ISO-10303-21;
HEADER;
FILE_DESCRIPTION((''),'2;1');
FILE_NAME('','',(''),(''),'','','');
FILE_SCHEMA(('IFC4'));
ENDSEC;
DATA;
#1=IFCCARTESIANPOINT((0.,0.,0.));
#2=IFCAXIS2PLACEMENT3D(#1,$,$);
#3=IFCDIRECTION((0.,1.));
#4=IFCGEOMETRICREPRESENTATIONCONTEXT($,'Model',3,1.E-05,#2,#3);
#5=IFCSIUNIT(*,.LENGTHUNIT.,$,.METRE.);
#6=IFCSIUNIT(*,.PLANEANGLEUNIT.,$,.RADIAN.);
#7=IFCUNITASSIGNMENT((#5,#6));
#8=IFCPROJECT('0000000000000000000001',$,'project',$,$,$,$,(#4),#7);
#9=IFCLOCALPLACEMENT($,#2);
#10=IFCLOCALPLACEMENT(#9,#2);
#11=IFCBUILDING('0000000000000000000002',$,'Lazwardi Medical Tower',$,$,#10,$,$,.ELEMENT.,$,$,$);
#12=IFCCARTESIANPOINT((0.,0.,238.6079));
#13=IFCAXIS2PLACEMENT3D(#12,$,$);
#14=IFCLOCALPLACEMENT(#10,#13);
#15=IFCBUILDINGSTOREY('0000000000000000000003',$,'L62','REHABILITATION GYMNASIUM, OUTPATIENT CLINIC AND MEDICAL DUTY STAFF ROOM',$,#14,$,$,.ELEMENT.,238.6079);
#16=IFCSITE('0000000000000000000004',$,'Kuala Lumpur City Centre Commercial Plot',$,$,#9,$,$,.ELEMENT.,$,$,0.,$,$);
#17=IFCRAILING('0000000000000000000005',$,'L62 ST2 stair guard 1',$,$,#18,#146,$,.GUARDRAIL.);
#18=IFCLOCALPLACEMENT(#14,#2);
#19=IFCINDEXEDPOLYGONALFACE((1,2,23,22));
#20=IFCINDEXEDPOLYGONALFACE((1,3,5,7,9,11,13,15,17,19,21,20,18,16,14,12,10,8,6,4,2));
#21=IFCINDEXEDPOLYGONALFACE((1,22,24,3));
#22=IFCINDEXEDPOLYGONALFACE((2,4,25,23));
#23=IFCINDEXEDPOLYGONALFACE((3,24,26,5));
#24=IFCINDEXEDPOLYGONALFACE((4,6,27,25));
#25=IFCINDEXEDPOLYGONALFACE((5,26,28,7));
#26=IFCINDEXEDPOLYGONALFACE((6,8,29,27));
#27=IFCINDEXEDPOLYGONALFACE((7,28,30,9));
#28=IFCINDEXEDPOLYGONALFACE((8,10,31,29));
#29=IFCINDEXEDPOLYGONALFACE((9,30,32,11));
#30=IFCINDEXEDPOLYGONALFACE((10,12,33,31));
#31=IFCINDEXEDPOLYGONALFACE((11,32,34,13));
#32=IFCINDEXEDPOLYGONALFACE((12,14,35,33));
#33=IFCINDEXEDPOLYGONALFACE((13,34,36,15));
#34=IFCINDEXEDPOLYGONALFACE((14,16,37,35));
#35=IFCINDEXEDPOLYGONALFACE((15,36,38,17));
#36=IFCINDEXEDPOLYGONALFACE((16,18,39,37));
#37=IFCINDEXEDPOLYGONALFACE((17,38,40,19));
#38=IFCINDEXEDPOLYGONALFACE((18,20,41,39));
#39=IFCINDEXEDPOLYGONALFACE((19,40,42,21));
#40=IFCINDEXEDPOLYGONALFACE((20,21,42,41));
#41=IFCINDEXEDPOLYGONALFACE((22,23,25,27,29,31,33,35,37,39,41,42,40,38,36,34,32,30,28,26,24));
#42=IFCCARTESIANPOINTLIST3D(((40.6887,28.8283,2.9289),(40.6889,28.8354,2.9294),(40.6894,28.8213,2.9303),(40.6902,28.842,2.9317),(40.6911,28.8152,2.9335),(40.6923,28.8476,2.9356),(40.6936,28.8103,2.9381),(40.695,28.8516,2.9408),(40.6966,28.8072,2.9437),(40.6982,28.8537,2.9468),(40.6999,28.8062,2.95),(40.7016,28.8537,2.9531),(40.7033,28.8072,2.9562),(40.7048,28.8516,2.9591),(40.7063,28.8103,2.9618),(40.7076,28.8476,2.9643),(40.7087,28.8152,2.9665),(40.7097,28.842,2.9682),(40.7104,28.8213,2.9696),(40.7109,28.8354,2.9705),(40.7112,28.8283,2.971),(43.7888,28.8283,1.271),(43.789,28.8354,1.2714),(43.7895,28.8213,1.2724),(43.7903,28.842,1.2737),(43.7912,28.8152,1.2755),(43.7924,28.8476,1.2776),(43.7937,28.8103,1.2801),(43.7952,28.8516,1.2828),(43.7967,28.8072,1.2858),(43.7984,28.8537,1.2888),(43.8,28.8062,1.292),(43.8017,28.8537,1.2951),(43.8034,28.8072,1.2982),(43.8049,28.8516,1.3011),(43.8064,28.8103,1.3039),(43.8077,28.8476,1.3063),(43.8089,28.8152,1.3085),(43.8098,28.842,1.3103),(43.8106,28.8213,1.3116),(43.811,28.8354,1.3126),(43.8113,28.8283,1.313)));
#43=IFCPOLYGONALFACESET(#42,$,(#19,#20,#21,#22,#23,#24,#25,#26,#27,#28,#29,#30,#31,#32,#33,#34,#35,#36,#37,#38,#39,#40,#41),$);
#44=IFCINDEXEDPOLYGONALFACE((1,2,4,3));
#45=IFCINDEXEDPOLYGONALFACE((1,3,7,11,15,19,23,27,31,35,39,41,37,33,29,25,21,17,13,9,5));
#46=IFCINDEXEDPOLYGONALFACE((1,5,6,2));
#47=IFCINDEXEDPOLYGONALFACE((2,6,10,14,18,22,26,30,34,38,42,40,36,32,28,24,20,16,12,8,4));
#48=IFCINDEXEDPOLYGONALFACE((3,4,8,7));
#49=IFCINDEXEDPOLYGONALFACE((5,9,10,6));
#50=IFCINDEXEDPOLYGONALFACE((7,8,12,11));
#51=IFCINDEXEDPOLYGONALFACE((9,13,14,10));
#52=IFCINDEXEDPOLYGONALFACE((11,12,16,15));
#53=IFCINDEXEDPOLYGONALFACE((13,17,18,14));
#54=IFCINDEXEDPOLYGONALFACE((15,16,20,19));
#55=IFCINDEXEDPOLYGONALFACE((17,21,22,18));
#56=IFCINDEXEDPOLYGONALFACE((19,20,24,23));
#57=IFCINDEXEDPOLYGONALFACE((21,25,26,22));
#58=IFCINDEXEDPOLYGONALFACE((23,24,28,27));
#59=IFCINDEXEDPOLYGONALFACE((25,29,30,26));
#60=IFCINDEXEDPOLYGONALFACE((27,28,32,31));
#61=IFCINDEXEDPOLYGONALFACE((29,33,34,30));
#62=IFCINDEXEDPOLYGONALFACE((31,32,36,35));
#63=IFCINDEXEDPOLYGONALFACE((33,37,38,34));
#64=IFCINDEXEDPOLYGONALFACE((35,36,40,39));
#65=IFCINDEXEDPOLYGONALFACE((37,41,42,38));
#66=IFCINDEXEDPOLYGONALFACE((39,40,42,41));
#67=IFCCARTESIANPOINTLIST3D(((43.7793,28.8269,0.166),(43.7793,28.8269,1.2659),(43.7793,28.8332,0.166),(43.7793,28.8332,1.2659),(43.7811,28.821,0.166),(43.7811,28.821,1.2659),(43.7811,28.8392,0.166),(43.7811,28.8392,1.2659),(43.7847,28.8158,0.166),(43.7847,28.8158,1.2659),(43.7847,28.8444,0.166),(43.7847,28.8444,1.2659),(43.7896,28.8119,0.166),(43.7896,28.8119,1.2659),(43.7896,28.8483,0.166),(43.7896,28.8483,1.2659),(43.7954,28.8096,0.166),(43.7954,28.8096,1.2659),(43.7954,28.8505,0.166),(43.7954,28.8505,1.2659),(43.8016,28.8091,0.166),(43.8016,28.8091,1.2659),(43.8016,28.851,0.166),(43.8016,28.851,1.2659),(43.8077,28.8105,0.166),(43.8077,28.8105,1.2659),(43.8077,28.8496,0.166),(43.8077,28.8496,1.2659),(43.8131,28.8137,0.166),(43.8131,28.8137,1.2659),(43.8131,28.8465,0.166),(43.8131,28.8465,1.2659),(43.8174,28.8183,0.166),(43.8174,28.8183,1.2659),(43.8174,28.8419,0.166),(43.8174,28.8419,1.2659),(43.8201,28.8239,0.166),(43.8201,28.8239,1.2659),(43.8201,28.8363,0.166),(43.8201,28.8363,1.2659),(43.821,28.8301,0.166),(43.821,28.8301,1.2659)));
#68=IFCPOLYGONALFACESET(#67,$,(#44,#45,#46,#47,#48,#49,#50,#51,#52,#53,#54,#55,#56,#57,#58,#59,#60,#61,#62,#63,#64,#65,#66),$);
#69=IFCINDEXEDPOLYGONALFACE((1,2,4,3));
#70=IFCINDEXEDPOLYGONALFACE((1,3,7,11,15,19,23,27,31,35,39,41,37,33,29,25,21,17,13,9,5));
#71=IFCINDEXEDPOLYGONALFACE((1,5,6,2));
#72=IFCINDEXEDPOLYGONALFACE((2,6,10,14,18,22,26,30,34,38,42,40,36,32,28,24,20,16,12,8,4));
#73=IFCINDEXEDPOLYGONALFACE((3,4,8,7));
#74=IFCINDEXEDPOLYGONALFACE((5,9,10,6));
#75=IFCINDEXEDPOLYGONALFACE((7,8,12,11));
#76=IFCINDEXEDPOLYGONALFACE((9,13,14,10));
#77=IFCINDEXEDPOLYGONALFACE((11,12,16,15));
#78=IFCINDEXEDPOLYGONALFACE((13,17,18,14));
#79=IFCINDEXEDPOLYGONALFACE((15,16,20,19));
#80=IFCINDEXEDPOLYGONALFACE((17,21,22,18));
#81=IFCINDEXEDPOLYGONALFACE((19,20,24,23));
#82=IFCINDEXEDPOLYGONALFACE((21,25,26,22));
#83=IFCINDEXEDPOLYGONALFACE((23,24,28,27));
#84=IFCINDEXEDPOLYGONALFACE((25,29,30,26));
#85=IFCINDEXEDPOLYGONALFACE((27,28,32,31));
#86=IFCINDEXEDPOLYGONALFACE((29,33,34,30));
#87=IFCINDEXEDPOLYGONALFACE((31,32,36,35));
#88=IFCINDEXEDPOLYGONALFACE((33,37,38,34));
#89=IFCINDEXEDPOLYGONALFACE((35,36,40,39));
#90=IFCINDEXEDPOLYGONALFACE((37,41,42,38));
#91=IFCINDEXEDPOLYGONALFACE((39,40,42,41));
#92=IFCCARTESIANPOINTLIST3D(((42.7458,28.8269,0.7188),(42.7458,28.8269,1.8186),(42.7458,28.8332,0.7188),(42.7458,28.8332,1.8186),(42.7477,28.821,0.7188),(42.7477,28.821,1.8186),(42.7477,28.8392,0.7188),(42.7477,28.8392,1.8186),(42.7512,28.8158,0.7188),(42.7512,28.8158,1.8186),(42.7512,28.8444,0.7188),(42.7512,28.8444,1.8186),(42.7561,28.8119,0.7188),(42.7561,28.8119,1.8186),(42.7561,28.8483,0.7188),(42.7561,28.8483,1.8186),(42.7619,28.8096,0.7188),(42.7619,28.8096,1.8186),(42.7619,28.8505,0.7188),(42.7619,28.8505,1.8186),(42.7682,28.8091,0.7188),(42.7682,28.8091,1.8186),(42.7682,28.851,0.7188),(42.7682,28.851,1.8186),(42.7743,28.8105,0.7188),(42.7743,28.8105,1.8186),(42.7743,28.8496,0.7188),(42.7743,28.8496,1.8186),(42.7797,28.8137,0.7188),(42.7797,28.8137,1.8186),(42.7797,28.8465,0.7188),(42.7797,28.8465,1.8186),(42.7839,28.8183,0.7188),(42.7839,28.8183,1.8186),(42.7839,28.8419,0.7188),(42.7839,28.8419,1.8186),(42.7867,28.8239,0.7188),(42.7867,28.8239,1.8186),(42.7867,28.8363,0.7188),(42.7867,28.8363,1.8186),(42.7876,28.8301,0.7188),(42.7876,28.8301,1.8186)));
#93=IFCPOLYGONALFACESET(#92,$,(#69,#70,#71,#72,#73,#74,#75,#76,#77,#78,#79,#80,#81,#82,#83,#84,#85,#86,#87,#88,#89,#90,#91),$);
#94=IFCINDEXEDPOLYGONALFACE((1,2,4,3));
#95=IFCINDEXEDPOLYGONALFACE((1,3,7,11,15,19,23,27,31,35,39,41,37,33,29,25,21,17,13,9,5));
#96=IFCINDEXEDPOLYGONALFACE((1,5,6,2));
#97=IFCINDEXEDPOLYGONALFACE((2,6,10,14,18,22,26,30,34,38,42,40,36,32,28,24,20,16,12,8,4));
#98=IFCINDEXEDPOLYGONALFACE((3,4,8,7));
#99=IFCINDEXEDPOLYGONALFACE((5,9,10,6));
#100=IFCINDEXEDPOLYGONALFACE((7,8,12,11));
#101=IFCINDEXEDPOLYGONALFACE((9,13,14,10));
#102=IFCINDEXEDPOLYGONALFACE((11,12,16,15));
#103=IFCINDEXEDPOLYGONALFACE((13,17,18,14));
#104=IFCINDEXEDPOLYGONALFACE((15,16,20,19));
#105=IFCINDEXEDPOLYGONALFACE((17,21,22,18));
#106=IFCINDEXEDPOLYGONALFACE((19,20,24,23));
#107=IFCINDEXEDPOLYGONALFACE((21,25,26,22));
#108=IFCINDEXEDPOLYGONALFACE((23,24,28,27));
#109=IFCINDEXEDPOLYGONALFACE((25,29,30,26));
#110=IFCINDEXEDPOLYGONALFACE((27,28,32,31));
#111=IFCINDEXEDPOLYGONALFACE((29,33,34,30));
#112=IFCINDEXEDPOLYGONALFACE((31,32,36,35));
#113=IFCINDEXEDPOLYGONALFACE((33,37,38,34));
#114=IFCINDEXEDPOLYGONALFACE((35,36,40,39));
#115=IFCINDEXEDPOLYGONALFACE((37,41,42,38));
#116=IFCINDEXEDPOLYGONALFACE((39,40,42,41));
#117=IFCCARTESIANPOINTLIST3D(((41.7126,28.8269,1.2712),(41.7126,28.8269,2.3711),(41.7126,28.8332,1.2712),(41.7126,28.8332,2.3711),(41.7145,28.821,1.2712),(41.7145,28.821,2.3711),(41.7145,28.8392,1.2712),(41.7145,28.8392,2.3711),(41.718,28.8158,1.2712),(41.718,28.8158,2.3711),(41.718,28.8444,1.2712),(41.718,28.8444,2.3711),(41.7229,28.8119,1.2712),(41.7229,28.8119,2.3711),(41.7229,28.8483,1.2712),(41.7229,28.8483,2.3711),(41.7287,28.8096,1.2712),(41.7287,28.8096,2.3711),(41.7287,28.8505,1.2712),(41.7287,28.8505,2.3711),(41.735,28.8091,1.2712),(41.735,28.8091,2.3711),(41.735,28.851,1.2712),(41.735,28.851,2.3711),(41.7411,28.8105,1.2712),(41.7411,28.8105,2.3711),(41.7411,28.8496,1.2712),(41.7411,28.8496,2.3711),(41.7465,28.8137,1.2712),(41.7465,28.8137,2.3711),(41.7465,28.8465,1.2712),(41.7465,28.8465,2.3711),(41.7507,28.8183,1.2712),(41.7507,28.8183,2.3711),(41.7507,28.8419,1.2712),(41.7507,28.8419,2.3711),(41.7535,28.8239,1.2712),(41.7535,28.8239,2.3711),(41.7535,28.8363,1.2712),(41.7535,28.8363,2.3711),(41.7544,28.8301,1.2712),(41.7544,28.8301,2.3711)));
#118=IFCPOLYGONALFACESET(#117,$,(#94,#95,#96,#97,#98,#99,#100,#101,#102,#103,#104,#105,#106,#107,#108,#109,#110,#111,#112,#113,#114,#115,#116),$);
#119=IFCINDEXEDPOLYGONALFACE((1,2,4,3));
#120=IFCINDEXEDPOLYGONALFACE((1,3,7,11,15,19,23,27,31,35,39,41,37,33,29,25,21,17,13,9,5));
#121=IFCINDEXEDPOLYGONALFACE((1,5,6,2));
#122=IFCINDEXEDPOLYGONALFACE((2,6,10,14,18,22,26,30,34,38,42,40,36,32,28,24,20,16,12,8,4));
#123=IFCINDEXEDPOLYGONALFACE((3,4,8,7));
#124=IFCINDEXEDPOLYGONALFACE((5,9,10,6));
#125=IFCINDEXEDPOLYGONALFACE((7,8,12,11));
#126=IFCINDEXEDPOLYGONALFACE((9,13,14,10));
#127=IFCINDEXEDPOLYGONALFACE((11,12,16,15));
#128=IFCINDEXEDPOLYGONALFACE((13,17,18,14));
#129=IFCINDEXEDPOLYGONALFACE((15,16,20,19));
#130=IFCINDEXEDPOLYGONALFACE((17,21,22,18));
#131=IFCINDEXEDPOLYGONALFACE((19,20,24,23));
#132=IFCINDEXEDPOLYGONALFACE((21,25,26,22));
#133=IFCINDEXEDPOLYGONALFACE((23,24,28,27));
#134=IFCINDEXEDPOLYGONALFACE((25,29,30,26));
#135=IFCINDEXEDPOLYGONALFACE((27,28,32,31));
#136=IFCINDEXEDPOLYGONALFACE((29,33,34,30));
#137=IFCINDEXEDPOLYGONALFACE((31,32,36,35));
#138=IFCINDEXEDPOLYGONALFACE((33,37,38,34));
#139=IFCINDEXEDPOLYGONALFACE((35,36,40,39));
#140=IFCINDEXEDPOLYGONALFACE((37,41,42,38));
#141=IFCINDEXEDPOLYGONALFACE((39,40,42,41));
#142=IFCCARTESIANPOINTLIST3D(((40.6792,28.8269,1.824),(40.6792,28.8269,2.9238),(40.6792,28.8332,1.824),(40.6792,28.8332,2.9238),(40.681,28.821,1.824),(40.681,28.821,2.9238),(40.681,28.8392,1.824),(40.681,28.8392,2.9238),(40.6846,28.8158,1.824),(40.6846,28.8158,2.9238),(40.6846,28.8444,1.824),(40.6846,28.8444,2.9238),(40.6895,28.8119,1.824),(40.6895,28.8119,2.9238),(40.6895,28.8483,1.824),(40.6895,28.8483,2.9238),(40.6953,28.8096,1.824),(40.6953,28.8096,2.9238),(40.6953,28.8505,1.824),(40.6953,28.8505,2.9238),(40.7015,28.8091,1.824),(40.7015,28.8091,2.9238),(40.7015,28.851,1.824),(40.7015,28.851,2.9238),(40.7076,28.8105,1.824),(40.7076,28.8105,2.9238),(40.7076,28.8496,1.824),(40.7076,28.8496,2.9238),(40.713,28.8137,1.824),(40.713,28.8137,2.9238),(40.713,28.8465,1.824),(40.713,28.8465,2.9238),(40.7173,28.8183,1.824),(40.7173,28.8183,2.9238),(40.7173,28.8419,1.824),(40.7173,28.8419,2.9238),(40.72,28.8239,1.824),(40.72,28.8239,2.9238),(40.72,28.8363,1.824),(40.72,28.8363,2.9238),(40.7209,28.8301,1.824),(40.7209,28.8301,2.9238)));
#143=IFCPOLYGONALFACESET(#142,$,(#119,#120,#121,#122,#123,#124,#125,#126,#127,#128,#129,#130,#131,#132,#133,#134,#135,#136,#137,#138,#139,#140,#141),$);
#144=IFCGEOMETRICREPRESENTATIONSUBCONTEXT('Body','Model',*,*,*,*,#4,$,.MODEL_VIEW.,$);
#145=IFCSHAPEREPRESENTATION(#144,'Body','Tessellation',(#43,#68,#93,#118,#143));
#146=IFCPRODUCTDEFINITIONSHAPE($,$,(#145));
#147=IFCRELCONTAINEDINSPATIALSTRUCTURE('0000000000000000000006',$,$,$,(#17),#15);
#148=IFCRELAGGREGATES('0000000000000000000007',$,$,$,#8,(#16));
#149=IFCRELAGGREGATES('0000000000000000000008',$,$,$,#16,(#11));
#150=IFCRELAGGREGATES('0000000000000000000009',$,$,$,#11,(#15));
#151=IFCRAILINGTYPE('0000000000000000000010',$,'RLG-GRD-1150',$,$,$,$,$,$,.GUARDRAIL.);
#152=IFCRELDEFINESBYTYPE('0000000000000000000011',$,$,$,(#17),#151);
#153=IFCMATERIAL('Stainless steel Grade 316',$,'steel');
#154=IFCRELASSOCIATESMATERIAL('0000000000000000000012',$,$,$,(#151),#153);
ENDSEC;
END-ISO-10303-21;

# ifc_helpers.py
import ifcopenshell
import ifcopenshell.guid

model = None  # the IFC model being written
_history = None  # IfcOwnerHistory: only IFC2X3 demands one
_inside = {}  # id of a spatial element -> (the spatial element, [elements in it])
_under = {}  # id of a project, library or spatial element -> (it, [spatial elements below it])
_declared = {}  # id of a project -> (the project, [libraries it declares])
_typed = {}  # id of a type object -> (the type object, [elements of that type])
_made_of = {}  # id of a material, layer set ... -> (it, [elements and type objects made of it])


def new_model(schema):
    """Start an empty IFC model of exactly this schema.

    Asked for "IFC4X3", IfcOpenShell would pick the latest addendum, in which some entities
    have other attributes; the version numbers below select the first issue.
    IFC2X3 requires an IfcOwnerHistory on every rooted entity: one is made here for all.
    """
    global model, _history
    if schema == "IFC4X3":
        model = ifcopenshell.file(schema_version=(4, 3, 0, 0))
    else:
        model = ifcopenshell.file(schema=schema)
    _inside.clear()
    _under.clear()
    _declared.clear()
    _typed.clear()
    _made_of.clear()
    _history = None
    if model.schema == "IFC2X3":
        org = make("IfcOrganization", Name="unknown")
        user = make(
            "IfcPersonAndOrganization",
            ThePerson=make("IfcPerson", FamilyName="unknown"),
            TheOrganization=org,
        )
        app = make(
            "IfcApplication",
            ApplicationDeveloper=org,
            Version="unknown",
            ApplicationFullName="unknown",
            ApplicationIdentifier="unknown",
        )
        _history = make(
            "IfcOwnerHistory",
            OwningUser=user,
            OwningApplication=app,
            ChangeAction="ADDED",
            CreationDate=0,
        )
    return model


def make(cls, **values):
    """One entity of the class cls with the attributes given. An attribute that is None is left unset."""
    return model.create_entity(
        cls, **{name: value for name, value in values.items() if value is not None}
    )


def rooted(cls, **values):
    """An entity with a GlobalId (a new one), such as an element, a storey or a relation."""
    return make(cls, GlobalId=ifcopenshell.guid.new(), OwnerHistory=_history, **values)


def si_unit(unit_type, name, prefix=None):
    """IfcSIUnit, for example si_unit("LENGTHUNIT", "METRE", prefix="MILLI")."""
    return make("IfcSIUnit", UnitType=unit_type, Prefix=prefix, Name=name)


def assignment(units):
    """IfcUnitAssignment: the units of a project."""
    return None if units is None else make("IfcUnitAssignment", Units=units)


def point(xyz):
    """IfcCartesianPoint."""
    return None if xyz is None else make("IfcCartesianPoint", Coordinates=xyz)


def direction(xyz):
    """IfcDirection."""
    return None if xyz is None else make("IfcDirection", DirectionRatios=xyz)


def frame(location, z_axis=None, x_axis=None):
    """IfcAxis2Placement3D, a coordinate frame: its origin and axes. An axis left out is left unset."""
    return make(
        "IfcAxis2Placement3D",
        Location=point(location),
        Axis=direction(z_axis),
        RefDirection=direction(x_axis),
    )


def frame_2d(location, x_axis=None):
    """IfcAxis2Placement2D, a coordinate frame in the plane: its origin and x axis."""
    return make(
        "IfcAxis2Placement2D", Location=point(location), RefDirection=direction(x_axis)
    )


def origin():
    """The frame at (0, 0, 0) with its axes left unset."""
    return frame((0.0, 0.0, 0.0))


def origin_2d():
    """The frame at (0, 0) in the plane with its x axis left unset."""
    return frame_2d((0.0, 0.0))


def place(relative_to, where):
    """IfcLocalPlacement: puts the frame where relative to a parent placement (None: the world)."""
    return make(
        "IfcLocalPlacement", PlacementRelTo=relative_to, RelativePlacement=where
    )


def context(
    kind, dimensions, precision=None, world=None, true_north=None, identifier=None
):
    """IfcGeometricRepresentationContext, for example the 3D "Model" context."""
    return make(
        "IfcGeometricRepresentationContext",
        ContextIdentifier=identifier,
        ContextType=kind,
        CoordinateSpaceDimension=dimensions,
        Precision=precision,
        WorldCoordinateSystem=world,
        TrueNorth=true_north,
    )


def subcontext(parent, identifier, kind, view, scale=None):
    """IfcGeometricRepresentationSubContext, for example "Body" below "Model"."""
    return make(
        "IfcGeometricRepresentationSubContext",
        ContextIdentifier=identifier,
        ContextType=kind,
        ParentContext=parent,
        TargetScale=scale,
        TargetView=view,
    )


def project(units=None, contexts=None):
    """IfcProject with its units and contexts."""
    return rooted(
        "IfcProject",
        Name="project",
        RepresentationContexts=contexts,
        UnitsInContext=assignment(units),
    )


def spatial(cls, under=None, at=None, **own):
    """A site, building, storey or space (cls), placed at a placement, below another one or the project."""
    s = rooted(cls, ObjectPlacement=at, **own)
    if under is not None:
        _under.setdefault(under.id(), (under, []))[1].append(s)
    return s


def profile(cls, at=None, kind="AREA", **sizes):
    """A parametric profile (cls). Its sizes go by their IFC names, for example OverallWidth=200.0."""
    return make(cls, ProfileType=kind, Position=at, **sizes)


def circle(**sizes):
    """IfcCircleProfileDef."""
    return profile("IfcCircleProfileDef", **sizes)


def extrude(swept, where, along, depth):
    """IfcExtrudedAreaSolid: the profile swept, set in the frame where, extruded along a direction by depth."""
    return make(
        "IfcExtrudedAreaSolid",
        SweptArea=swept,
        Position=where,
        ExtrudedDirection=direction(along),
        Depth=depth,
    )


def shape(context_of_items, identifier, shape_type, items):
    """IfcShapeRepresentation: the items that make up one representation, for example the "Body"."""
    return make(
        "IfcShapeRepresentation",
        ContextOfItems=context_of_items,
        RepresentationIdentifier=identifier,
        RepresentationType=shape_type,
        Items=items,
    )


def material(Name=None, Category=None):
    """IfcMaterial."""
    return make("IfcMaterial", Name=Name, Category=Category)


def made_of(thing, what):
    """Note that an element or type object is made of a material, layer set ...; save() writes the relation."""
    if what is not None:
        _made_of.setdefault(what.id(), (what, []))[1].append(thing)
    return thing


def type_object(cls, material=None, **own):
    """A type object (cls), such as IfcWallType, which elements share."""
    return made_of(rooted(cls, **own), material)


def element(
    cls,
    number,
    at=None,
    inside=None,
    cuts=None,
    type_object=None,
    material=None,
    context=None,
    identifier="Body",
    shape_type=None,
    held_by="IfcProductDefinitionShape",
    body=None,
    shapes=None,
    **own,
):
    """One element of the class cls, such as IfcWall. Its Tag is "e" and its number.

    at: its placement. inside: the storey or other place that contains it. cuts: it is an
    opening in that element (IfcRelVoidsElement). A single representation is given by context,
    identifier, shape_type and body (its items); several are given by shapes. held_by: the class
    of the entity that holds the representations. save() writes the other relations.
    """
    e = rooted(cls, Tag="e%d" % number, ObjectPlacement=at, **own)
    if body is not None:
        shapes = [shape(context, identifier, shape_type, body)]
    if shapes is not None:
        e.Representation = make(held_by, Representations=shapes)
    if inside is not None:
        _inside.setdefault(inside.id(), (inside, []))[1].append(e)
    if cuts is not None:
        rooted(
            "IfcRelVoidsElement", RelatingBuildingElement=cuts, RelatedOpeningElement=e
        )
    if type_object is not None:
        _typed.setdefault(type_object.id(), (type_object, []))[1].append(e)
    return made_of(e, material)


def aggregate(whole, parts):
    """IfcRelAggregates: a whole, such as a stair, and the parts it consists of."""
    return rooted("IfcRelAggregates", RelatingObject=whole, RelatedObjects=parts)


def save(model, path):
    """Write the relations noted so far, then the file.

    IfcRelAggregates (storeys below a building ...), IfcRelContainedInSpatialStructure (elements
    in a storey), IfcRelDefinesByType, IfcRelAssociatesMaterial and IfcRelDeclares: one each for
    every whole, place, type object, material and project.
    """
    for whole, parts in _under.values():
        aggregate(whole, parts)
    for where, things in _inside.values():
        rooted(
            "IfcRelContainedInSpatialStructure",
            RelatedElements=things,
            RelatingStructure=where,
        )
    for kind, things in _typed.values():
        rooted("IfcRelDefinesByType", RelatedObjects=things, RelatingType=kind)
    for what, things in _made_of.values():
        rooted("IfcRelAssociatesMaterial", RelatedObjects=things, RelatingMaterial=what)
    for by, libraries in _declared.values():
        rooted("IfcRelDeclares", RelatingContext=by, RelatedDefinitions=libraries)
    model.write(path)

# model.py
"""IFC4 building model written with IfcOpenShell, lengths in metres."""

from ifc_helpers import new_model, si_unit, direction, frame, origin, origin_2d, place, context, subcontext, project, spatial, circle, extrude, material, type_object, element, save


model = new_model("IFC4")

# Units and contexts
model_context = context("Model", 3, precision=1e-05, world=origin(), true_north=direction((0.0, 1.0)))
body_context = subcontext(model_context, "Body", "Model", "MODEL_VIEW")
ifc_project = project(units=[si_unit("LENGTHUNIT", "METRE"), si_unit("PLANEANGLEUNIT", "RADIAN")], contexts=[model_context])

# Site, building, storey
site_placement = place(None, origin())
site = spatial("IfcSite", under=ifc_project, at=site_placement, Name="Kuala Lumpur City Centre Commercial Plot", CompositionType="ELEMENT", RefElevation=0.0)
building_placement = place(site_placement, origin())
building = spatial("IfcBuilding", under=site, at=building_placement, Name="Lazwardi Medical Tower", CompositionType="ELEMENT")
storey_placement = place(building_placement, frame((0.0, 0.0, 238.6079)))
storey = spatial("IfcBuildingStorey", under=building, at=storey_placement, Name="L62", Description="REHABILITATION GYMNASIUM, OUTPATIENT CLINIC AND MEDICAL DUTY STAFF ROOM", CompositionType="ELEMENT", Elevation=238.6079)

# Railing
ifc_material_1 = material(Name="Stainless steel Grade 316", Category="steel")
railing_type_1 = type_object("IfcRailingType", Name="RLG-GRD-1150", PredefinedType="GUARDRAIL", material=ifc_material_1)
railing_1_placement = place(storey_placement, frame((43.8, 28.8301, 0.166)))
element("IfcRailing", 1, at=railing_1_placement, inside=storey, type_object=railing_type_1, Name="L62 ST2 stair guard 1", PredefinedType="GUARDRAIL", context=body_context, shape_type="SweptSolid", body=[
    extrude(circle(Radius=0.0239, at=origin_2d()), frame((0.0, 0.0, 1.126), z_axis=(-0.881812, 0.0, 0.471601), x_axis=(0.0, -1.0, 0.0)), (0.0, 0.0, 1.0), 3.5156),
    extrude(circle(Radius=0.021, at=origin_2d()), origin(), (0.0, 0.0, 1.0), 1.0999),
    extrude(circle(Radius=0.021, at=origin_2d()), frame((-1.0334, 0.0, 0.5527)), (0.0, 0.0, 1.0), 1.0999),
    extrude(circle(Radius=0.021, at=origin_2d()), frame((-2.0667, 0.0, 1.1052)), (0.0, 0.0, 1.0), 1.0999),
    extrude(circle(Radius=0.021, at=origin_2d()), frame((-3.1001, 0.0, 1.658)), (0.0, 0.0, 1.0), 1.0999),
])

save(model, "model.ifc")
